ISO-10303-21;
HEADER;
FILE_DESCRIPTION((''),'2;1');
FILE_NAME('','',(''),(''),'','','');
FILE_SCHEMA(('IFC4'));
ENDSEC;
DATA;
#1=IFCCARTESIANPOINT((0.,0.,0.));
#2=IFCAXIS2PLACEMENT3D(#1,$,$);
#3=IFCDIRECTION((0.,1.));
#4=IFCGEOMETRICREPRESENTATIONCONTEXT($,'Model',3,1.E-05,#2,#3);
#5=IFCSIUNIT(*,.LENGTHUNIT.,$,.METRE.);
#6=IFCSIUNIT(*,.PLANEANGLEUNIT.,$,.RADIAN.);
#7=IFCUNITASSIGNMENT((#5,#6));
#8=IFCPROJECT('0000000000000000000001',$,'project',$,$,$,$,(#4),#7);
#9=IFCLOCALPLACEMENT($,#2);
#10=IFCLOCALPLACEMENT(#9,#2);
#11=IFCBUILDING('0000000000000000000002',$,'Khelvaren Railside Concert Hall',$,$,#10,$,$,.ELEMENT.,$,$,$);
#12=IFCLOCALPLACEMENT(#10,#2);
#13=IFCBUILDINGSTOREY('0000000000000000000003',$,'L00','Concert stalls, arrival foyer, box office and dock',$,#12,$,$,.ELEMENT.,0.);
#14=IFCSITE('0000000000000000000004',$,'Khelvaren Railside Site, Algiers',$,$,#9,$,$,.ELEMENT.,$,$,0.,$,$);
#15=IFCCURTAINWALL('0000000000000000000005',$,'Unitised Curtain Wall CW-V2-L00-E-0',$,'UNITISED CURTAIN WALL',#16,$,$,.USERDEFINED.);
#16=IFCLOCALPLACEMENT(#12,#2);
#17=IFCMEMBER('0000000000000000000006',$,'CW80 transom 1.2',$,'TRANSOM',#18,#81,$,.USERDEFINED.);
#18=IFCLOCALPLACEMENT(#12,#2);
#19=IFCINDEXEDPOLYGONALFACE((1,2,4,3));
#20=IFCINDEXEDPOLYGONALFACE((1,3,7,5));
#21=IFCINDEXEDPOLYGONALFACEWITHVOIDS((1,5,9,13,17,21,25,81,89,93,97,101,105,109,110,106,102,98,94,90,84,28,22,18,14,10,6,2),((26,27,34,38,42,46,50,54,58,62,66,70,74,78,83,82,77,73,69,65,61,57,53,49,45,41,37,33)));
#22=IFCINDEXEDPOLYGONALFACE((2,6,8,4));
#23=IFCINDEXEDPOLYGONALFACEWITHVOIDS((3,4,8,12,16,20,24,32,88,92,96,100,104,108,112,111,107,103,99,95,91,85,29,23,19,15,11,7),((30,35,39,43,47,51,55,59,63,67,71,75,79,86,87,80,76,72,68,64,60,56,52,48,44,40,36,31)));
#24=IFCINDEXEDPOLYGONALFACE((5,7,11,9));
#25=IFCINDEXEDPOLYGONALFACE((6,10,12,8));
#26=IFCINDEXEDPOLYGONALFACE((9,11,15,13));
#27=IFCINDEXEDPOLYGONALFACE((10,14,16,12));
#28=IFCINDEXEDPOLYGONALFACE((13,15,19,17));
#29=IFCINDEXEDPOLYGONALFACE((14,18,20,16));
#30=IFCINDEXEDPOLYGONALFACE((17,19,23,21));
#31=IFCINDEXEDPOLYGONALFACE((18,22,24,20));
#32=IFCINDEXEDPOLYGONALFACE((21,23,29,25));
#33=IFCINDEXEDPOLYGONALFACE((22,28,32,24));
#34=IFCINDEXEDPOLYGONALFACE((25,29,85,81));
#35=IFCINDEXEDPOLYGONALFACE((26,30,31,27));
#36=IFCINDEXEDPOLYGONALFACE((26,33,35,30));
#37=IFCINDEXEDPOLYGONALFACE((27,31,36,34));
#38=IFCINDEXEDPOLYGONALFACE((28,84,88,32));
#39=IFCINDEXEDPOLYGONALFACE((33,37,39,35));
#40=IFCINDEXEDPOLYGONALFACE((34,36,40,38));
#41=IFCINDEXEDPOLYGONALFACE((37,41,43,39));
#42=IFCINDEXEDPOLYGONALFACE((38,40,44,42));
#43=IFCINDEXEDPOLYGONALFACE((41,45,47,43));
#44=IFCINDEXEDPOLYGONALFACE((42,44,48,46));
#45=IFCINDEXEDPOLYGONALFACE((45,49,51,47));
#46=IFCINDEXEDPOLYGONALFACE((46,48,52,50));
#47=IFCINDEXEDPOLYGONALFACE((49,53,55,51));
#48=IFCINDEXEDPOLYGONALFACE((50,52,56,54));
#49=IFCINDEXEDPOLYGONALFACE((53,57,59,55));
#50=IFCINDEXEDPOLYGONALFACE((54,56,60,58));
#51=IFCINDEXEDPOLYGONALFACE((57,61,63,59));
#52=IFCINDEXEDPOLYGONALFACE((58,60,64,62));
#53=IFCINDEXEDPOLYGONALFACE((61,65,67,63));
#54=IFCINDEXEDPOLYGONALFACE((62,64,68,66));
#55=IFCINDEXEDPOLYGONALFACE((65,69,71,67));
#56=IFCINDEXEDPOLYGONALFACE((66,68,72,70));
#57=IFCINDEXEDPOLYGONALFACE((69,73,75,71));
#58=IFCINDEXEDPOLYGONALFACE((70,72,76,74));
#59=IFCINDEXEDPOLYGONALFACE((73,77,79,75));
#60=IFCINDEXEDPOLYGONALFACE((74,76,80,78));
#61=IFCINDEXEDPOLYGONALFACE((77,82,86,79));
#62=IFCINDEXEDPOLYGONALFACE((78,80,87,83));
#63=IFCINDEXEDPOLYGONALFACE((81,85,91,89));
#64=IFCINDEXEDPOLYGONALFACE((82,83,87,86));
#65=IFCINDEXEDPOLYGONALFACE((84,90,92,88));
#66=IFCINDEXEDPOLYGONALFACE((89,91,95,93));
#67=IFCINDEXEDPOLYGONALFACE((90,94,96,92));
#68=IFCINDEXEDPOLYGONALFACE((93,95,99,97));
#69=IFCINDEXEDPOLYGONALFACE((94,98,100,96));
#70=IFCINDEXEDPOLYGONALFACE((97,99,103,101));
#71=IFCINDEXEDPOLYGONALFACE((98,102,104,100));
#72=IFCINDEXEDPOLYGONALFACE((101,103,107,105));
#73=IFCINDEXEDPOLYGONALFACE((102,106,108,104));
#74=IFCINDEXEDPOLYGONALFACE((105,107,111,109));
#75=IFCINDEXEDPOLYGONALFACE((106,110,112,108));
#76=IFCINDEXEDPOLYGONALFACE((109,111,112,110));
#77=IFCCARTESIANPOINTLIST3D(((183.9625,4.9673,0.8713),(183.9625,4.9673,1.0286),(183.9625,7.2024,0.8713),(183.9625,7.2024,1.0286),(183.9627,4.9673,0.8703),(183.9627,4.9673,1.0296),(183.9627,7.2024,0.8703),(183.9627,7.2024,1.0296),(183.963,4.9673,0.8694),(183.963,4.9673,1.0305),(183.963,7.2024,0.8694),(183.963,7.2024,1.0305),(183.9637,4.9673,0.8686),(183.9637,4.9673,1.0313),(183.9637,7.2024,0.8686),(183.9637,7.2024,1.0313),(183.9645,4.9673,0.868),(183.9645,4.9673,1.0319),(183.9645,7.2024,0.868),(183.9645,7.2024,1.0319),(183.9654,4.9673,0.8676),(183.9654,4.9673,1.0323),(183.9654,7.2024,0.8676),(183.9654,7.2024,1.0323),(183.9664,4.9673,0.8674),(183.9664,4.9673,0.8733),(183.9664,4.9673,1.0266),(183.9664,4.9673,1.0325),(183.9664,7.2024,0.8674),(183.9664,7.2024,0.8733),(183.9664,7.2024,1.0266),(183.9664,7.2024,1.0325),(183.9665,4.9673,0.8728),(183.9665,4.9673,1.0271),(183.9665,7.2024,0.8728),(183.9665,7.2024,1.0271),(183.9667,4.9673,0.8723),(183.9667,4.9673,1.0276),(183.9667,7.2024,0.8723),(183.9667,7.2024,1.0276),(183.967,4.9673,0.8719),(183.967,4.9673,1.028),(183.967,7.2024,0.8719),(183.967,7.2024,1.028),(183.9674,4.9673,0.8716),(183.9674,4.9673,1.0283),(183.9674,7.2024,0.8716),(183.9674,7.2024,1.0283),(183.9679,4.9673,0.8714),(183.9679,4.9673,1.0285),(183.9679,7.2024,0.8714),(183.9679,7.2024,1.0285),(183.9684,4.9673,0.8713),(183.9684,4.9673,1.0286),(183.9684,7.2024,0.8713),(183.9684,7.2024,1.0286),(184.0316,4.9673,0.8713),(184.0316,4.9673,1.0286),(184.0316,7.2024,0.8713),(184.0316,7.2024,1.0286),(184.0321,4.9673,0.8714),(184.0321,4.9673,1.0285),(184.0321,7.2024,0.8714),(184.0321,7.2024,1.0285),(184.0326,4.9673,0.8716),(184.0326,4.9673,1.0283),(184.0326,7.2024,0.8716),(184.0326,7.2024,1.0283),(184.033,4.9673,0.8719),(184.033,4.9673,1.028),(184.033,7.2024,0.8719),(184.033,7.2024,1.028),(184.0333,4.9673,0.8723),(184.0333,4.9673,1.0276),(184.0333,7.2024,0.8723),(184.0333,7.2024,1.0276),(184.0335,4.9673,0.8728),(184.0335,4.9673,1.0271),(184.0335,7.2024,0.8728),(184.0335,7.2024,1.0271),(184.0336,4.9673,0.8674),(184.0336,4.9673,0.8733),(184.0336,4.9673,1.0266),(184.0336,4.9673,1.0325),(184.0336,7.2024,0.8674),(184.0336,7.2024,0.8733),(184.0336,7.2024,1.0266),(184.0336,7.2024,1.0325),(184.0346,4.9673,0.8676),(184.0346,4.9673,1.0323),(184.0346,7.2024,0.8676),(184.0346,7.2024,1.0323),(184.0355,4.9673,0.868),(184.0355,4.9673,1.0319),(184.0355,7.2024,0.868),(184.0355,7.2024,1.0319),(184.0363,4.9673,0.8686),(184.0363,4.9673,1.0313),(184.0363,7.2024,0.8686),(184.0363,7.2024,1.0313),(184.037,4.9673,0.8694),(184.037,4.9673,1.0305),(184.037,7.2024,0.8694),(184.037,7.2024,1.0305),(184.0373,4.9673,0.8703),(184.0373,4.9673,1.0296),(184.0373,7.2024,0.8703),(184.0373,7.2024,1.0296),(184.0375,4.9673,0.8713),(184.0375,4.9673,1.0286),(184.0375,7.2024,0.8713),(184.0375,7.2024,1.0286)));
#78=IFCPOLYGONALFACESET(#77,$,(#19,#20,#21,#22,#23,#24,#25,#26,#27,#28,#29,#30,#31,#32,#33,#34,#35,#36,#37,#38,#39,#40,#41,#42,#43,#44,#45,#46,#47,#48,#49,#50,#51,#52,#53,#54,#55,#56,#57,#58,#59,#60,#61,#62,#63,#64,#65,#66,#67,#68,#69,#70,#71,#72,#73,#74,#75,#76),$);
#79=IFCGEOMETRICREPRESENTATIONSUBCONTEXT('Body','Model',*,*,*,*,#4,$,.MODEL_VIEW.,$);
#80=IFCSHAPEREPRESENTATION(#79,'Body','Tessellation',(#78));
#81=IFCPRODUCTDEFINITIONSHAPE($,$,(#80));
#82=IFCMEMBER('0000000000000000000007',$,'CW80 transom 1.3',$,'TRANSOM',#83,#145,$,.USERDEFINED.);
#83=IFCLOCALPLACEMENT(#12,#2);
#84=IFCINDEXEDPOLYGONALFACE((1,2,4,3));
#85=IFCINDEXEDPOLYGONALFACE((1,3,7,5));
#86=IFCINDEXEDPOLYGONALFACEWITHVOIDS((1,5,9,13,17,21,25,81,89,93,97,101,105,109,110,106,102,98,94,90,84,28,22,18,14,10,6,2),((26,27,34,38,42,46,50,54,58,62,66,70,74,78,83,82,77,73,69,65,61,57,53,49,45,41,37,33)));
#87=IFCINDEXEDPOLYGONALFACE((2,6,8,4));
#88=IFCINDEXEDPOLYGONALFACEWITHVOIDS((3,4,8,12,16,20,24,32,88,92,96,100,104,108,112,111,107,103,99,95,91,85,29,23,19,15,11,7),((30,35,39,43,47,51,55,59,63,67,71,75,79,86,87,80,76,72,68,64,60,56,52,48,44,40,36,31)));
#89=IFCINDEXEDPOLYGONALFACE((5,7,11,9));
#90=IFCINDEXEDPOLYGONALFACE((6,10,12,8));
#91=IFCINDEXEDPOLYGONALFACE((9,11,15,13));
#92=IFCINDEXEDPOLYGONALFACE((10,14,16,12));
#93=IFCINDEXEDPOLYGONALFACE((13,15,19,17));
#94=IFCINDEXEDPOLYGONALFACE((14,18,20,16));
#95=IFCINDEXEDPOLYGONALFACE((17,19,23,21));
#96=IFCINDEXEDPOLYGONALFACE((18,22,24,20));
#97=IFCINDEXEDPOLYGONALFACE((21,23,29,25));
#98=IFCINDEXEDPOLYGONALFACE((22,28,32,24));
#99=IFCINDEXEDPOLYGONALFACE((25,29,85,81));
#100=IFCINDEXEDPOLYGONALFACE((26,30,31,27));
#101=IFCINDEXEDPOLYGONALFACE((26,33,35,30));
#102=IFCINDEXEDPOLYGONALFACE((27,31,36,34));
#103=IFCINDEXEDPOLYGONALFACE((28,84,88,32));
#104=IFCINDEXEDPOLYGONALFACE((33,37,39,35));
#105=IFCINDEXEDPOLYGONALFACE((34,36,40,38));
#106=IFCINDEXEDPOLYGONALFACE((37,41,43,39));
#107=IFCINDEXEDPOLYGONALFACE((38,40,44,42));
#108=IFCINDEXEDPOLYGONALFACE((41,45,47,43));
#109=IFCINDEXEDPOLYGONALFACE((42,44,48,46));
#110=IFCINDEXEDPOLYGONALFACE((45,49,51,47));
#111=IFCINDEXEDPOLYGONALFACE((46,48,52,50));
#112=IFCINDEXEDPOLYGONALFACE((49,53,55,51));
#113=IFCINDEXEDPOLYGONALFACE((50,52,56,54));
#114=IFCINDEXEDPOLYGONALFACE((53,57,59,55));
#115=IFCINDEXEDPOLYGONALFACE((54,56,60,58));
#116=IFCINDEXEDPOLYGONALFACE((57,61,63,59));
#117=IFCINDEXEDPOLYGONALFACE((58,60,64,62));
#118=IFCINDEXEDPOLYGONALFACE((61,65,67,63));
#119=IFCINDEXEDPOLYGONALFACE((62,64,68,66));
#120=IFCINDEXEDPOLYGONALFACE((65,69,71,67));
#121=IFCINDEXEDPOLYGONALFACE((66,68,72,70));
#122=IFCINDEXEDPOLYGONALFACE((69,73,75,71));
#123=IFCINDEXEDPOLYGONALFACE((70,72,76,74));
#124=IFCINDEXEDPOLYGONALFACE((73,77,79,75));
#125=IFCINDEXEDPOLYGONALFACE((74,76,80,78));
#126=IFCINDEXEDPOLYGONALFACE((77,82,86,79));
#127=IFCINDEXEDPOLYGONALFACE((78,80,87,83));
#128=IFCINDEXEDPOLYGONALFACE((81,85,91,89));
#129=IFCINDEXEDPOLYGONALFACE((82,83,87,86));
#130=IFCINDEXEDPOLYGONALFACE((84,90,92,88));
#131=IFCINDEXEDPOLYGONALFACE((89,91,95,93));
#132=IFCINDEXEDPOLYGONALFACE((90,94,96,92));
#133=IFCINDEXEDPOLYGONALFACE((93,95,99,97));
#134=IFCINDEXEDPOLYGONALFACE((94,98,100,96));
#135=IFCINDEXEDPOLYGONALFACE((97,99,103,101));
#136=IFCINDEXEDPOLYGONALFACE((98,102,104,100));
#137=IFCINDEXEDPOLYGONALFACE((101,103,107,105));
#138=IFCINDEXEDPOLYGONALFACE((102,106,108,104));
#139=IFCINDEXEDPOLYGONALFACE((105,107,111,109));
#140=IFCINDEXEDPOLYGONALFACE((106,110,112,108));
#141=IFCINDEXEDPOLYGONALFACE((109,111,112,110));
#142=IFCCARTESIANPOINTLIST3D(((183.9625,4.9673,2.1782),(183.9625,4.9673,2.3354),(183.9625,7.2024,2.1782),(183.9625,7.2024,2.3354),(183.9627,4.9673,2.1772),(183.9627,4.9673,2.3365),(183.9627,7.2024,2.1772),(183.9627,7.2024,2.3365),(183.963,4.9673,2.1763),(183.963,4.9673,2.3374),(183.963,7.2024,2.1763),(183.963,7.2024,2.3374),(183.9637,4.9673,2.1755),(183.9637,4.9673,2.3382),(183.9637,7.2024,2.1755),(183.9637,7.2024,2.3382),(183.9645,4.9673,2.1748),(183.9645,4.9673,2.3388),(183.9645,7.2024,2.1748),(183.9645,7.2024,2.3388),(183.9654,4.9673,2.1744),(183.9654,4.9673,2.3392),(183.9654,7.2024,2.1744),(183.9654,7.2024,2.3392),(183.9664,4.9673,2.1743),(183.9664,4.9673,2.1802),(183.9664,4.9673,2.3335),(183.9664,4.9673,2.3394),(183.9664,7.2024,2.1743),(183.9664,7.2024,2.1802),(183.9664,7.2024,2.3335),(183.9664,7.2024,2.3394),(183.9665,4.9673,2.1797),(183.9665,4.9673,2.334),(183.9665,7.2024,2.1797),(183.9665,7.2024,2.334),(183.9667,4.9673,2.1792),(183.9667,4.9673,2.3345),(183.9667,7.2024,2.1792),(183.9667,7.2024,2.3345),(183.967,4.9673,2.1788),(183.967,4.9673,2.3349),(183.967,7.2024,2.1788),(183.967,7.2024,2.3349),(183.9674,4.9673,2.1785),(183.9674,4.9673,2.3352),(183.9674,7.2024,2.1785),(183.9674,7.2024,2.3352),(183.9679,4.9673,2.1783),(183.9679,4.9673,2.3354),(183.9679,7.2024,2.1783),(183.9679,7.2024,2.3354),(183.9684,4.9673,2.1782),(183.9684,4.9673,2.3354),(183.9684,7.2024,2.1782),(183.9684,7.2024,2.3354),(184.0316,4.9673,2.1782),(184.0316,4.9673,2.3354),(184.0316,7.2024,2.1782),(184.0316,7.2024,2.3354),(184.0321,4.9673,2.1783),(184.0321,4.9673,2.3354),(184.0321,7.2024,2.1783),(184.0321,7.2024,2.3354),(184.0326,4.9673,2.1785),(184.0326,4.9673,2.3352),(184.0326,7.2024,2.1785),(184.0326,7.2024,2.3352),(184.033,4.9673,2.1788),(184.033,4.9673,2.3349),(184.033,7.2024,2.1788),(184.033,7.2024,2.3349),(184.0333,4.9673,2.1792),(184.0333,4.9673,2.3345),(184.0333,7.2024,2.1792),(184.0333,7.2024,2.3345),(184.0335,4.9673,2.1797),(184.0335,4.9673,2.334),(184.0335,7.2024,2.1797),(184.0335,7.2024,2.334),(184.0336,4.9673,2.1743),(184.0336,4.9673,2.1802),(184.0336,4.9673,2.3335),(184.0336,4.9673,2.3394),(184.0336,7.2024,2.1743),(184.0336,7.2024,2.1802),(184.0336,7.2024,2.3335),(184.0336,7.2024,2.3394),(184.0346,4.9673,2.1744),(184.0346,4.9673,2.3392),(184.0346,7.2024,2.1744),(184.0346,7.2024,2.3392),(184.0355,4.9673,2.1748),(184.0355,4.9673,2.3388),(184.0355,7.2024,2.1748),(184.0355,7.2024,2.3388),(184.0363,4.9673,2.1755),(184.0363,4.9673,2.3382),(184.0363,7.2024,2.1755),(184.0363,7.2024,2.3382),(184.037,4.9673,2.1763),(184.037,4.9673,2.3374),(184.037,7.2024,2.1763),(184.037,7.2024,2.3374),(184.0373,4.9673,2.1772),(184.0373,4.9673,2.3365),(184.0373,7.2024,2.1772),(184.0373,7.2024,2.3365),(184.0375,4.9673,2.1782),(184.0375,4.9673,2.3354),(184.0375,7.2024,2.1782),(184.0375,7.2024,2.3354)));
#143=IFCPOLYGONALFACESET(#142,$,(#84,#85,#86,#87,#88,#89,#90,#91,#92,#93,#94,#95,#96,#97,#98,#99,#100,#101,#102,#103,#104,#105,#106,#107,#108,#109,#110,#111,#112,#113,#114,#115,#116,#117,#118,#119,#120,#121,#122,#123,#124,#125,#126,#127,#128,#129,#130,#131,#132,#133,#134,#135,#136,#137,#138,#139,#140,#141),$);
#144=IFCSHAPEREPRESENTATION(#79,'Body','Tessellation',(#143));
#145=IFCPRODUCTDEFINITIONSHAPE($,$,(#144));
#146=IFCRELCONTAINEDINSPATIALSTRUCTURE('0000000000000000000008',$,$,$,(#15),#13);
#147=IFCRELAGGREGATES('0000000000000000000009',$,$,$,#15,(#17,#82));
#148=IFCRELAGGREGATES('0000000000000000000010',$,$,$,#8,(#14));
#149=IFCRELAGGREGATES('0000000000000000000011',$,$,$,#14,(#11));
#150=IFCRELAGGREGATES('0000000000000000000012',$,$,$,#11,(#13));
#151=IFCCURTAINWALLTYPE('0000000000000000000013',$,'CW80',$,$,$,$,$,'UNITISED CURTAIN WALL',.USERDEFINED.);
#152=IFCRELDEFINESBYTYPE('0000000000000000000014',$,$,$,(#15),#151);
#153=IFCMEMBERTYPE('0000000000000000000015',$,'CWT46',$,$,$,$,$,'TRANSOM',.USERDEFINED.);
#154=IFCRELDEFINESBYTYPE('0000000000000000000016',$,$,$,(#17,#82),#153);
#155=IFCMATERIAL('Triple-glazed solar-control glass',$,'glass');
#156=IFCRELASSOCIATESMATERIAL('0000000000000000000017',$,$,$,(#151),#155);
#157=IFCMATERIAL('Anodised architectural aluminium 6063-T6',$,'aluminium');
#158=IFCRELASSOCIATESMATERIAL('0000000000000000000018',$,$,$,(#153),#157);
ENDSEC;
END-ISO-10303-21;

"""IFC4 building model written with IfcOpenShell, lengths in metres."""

from ifc_helpers import new_model, si_unit, direction, frame, origin, origin_2d, place, context, subcontext, project, spatial, hollow_rectangle, extrude, material, material_profile, profile_set, type_object, element, aggregate, save


model = new_model("IFC4")

# Units and contexts
model_context = context("Model", 3, precision=1e-05, world=origin(), true_north=direction((0.0, 1.0)))
body_context = subcontext(model_context, "Body", "Model", "MODEL_VIEW")
ifc_project = project(units=[si_unit("LENGTHUNIT", "METRE"), si_unit("PLANEANGLEUNIT", "RADIAN")], contexts=[model_context])

# Site, building, storey
site_placement = place(None, origin())
site = spatial("IfcSite", under=ifc_project, at=site_placement, Name="Khelvaren Railside Site, Algiers", CompositionType="ELEMENT", RefElevation=0.0)
building_placement = place(site_placement, origin())
building = spatial("IfcBuilding", under=site, at=building_placement, Name="Khelvaren Railside Concert Hall", CompositionType="ELEMENT")
storey_placement = place(building_placement, origin())
storey = spatial("IfcBuildingStorey", under=building, at=storey_placement, Name="L00", Description="Concert stalls, arrival foyer, box office and dock", CompositionType="ELEMENT", Elevation=0.0)

# Curtain wall
ifc_material_1 = material(Name="Triple-glazed solar-control glass", Category="glass")
curtain_wall_type_1 = type_object("IfcCurtainWallType", Name="CW80", ElementType="UNITISED CURTAIN WALL", PredefinedType="USERDEFINED", material=ifc_material_1)
curtain_wall_1_placement = place(storey_placement, origin())
curtain_wall_1 = element("IfcCurtainWall", 1, at=curtain_wall_1_placement, inside=storey, type_object=curtain_wall_type_1, Name="Unitised Curtain Wall CW-V2-L00-E-0", ObjectType="UNITISED CURTAIN WALL", PredefinedType="USERDEFINED")
ifc_material_2 = material(Name="Anodised architectural aluminium 6063-T6", Category="aluminium")

# Members
ifc_material_profile_1 = material_profile(ifc_material_2, hollow_rectangle(XDim=0.075, YDim=0.165, WallThickness=0.0039, InnerFilletRadius=0.002, OuterFilletRadius=0.0039, at=origin_2d()), Name="CWT 75x165x4")
ifc_profile_set_1 = profile_set([ifc_material_profile_1], Name="Anodised architectural aluminium 6063-T6")
member_type_1 = type_object("IfcMemberType", Name="CWT46", ElementType="TRANSOM", PredefinedType="USERDEFINED", material=ifc_profile_set_1)
member_1_placement = place(storey_placement, frame((184.0, 7.2024, 0.95), z_axis=(0.0, -1.0, 0.0), x_axis=(1.0, 0.0, 0.0)))
member_1 = element("IfcMember", 2, at=member_1_placement, type_object=member_type_1, Name="CW80 transom 1.2", ObjectType="TRANSOM", PredefinedType="USERDEFINED", context=body_context, shape_type="SweptSolid", body=[
    extrude(hollow_rectangle(XDim=0.075, YDim=0.165, WallThickness=0.0039, InnerFilletRadius=0.002, OuterFilletRadius=0.0039, at=origin_2d()), origin(), (0.0, 0.0, 1.0), 2.2351),
])
member_2_placement = place(storey_placement, frame((184.0, 7.2024, 2.2568), z_axis=(0.0, -1.0, 0.0), x_axis=(1.0, 0.0, 0.0)))
member_2 = element("IfcMember", 3, at=member_2_placement, type_object=member_type_1, Name="CW80 transom 1.3", ObjectType="TRANSOM", PredefinedType="USERDEFINED", context=body_context, shape_type="SweptSolid", body=[
    extrude(hollow_rectangle(XDim=0.075, YDim=0.165, WallThickness=0.0039, InnerFilletRadius=0.002, OuterFilletRadius=0.0039, at=origin_2d()), origin(), (0.0, 0.0, 1.0), 2.2351),
])

aggregate(curtain_wall_1, [member_1, member_2])

save(model, "model.ifc")
